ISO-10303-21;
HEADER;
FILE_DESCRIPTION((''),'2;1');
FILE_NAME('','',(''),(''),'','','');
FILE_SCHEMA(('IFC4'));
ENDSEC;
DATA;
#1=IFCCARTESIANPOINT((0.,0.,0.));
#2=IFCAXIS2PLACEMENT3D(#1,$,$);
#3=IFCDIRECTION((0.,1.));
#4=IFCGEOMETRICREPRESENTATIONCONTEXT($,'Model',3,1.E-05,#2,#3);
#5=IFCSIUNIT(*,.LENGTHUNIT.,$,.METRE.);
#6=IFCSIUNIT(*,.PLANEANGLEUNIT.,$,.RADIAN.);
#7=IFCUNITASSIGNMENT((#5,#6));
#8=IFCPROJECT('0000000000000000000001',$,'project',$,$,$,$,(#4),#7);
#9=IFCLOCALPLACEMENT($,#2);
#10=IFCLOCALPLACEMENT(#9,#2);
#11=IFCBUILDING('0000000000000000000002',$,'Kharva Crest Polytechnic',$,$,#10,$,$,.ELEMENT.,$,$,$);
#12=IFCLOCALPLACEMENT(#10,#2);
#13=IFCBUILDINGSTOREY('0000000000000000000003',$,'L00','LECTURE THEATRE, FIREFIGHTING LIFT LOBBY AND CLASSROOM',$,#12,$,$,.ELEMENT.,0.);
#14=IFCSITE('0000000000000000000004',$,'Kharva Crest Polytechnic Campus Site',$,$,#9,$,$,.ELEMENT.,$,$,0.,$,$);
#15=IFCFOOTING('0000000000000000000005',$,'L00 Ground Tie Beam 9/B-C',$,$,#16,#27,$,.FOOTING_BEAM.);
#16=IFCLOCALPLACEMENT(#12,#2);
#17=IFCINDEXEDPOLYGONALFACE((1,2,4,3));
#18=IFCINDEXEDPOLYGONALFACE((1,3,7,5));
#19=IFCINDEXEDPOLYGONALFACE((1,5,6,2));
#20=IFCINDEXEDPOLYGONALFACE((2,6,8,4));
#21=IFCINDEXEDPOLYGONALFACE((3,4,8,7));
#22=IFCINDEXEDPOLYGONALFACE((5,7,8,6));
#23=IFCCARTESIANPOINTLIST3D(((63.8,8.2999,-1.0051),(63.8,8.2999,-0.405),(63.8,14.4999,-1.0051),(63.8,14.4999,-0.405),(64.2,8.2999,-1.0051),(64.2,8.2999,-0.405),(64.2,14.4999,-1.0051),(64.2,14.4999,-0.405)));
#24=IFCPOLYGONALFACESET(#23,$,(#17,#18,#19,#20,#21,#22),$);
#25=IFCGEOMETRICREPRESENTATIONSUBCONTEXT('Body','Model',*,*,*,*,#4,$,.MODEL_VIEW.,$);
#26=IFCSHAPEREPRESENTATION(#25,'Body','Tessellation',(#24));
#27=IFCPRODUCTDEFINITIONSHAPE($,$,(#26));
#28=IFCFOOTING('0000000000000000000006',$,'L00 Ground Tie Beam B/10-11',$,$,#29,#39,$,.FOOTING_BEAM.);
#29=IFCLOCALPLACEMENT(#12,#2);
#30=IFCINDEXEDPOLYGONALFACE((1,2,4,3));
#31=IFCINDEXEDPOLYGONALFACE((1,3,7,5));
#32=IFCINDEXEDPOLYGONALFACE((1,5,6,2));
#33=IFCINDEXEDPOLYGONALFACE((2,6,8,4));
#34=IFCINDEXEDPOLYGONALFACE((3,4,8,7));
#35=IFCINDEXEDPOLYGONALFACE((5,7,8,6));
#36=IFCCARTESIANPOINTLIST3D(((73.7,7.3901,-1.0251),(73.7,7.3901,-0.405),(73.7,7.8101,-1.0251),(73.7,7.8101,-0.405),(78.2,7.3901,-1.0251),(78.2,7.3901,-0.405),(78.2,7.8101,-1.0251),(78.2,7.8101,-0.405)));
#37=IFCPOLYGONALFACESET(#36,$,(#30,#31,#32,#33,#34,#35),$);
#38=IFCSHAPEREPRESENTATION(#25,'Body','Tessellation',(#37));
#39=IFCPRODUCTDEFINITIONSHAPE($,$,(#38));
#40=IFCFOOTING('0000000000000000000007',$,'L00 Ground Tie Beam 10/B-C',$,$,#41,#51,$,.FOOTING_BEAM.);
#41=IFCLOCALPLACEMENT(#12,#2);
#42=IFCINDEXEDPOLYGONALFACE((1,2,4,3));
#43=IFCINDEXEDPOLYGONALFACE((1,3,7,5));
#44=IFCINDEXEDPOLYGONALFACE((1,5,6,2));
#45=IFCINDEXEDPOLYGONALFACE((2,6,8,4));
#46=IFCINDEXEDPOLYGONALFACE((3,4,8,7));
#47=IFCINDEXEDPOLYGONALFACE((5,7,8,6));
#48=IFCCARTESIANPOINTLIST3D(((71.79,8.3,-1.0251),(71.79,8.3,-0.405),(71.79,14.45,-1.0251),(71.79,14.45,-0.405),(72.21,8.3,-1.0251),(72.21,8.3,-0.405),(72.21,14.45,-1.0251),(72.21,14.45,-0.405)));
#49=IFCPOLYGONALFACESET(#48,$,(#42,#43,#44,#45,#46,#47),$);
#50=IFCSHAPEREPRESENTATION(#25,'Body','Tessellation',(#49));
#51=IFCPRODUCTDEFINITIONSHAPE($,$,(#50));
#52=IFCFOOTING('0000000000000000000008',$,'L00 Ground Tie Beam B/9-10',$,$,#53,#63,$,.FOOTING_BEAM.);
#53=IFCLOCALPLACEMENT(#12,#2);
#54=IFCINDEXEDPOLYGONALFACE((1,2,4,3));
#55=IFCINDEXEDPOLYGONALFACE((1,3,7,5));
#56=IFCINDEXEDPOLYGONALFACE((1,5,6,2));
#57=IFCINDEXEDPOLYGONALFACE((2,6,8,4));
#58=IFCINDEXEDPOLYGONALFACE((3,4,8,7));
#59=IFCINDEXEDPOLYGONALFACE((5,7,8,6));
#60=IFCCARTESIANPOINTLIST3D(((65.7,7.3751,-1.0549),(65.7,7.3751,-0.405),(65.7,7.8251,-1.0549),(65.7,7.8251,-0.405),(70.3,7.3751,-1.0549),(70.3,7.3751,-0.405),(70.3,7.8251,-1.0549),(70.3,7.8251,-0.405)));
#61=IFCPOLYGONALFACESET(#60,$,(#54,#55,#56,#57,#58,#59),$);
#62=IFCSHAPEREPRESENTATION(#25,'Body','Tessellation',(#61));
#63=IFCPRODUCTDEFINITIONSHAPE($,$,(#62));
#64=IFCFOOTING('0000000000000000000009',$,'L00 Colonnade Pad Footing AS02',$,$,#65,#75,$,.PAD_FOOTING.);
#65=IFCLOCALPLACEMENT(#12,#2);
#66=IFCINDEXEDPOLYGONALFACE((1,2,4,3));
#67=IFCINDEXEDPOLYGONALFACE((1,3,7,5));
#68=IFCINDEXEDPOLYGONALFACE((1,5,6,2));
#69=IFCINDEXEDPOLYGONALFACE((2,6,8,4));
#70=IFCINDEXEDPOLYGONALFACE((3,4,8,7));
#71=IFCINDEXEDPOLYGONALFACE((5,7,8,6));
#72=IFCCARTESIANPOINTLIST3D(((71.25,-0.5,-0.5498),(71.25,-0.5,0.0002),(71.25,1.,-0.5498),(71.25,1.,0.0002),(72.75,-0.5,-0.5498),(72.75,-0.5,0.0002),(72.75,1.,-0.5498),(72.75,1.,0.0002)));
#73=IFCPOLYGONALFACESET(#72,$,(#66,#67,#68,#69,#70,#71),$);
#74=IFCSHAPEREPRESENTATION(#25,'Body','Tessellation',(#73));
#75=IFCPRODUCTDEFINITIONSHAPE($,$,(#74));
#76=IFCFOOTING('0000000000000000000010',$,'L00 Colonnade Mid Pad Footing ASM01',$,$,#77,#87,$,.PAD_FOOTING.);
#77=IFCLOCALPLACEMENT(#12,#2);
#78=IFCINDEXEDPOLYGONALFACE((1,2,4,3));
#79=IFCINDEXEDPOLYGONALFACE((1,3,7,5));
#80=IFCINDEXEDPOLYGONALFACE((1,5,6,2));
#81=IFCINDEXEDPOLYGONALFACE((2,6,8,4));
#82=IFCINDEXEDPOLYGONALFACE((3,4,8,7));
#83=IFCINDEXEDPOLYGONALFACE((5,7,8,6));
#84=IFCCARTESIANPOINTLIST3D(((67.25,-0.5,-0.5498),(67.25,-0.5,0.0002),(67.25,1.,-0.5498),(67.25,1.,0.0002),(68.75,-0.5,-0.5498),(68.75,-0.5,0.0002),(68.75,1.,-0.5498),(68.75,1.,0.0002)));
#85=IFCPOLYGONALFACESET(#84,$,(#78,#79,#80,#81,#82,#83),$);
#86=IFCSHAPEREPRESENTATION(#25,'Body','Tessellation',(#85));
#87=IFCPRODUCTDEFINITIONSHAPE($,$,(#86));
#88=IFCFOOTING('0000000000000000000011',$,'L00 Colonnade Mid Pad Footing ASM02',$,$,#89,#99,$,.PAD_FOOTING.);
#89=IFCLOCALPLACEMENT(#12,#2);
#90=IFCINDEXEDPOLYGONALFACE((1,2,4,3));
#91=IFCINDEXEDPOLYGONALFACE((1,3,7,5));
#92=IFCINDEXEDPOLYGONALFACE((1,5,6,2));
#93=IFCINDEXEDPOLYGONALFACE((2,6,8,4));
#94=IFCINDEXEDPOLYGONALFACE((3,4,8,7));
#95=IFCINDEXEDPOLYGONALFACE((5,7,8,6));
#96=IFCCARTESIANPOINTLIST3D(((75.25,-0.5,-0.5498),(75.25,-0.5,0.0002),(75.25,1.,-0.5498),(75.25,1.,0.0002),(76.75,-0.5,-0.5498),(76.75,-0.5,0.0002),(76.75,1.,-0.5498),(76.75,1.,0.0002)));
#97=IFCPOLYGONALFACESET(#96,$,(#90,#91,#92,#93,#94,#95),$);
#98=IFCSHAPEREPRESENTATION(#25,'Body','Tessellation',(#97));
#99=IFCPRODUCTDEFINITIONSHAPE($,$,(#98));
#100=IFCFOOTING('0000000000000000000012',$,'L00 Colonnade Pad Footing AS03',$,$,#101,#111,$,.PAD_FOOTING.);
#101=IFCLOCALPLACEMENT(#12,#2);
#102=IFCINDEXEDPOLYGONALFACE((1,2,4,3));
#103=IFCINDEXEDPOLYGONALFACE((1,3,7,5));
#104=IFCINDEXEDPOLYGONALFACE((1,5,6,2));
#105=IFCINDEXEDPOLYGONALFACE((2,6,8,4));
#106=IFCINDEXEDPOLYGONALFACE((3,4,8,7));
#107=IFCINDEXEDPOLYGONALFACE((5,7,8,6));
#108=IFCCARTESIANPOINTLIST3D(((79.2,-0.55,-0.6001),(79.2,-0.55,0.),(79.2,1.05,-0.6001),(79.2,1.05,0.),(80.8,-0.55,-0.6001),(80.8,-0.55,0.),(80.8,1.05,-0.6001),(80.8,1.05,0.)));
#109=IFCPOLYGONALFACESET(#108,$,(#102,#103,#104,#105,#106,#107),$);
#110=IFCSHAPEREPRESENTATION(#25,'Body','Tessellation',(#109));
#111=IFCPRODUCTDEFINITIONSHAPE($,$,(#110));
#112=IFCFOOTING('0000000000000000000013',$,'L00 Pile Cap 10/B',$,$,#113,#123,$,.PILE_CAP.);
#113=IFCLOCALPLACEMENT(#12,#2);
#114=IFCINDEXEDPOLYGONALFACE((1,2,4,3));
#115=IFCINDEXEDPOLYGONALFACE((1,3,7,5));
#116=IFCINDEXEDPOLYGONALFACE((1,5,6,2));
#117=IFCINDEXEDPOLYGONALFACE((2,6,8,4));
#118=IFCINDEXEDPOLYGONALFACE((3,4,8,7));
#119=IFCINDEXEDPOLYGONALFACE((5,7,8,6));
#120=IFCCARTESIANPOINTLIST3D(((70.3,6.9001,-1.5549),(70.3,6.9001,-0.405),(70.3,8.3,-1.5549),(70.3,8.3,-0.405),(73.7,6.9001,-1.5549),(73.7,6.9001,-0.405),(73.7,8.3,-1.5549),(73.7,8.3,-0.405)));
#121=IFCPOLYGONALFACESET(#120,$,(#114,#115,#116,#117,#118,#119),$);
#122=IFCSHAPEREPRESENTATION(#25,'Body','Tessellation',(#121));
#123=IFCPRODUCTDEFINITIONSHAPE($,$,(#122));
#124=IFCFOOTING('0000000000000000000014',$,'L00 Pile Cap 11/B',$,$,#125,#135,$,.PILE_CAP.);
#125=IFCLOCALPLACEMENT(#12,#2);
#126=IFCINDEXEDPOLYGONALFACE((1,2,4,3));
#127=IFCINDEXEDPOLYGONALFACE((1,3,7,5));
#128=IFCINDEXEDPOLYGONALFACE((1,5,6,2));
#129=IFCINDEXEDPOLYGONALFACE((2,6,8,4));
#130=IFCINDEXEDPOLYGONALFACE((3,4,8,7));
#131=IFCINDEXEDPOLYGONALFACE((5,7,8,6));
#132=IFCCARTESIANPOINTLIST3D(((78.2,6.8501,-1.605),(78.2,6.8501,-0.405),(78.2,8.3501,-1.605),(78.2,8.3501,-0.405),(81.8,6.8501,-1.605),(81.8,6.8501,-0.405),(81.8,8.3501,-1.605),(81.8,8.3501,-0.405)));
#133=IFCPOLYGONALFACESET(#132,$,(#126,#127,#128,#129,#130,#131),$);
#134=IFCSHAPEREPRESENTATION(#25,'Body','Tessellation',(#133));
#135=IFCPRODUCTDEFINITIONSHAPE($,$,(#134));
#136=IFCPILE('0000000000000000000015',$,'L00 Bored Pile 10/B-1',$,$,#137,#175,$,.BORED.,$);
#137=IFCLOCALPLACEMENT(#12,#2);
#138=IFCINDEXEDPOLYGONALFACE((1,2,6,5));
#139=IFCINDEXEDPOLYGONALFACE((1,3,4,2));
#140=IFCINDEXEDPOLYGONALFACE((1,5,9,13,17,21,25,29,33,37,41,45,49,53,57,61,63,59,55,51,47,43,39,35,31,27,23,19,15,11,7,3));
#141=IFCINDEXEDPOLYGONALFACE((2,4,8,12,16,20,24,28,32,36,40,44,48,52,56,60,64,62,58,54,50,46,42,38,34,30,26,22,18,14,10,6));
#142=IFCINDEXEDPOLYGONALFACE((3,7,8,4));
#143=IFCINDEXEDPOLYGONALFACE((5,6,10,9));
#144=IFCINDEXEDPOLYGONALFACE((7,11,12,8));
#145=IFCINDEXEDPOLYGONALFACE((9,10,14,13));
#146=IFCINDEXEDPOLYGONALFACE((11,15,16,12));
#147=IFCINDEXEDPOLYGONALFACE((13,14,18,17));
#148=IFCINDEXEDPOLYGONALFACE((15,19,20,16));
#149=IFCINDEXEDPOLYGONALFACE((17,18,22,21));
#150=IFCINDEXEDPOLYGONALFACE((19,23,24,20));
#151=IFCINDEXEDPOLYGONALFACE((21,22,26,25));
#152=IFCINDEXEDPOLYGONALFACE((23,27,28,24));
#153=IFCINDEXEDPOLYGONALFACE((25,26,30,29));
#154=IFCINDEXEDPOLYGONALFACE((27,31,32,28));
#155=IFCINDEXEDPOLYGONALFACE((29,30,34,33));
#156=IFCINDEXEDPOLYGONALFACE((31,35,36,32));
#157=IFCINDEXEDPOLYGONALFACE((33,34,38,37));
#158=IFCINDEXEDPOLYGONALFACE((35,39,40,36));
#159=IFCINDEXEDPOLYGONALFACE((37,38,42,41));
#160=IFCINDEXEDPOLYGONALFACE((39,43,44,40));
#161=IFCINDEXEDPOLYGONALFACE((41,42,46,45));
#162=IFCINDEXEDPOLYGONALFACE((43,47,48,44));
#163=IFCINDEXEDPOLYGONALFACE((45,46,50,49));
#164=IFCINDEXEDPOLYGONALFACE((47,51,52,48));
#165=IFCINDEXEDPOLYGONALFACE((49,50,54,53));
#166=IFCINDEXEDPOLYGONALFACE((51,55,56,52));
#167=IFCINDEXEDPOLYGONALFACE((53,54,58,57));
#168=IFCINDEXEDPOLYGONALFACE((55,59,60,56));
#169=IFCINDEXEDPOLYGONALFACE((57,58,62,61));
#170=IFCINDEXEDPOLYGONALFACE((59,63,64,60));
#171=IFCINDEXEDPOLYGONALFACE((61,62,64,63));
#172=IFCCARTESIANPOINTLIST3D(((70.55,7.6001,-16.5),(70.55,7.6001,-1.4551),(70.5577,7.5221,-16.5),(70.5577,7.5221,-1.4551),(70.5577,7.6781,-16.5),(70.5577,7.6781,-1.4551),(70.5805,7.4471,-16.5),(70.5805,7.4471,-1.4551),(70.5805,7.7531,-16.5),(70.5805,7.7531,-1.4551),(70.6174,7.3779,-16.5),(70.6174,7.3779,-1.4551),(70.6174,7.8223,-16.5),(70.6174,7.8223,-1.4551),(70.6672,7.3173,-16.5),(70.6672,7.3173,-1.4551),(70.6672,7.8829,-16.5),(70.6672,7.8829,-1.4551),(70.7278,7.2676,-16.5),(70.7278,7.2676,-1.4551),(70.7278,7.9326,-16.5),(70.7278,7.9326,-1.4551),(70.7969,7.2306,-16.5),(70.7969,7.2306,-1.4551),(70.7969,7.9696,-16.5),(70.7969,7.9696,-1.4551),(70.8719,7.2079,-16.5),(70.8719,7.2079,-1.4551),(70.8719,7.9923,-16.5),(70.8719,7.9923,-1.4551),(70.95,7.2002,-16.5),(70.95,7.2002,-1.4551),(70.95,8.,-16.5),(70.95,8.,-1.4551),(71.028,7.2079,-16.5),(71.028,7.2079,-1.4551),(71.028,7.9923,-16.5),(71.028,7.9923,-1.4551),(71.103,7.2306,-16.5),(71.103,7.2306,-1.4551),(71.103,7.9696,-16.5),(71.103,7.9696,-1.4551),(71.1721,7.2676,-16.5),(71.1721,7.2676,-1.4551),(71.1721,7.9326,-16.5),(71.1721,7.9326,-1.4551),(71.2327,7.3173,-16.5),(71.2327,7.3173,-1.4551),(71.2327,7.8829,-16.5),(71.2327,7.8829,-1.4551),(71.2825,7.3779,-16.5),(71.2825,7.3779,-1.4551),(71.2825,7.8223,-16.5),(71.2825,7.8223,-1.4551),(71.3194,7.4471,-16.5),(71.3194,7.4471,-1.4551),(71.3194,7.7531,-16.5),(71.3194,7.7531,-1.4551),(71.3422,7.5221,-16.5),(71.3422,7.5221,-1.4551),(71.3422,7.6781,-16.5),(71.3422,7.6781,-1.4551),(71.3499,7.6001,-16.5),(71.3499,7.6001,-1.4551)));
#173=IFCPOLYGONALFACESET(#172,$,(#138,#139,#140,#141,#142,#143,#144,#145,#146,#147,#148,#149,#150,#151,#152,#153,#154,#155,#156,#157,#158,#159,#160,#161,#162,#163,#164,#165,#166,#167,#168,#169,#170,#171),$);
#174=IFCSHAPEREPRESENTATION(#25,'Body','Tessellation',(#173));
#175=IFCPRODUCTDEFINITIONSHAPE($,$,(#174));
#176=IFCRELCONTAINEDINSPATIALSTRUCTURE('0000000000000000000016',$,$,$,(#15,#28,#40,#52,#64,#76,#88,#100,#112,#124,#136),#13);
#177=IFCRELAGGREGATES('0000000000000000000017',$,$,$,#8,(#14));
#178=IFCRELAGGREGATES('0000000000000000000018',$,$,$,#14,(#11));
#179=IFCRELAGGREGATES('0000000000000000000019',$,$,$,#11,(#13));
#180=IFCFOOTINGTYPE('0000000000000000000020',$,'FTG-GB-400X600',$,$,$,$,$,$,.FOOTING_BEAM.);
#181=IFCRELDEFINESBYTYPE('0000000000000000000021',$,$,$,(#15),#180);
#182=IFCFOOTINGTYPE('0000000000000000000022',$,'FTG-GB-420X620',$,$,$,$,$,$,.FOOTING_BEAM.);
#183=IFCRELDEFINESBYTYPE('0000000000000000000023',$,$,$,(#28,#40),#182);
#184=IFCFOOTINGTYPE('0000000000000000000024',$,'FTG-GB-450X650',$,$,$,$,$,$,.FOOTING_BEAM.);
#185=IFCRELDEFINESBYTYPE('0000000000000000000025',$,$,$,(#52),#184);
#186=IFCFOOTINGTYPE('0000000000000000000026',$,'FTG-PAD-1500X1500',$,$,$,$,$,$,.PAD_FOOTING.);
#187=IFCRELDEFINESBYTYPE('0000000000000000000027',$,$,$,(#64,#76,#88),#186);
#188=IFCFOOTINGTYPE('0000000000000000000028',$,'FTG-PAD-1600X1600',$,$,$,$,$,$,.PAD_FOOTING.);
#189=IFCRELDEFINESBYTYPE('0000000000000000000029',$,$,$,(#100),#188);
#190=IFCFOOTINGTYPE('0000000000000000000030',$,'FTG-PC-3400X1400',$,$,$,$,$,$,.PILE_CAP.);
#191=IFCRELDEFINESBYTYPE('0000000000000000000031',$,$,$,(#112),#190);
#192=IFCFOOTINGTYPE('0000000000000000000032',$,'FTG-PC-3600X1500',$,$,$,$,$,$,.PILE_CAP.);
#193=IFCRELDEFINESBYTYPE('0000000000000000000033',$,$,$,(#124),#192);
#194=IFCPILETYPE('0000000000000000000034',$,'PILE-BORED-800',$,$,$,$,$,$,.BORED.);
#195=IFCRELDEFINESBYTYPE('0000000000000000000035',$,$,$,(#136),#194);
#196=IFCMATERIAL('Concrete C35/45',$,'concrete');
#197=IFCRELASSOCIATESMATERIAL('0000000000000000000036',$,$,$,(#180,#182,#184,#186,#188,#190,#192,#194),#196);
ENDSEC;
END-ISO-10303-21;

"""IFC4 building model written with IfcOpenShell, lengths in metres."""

from ifc_helpers import new_model, si_unit, direction, frame, origin, origin_2d, place, context, subcontext, project, spatial, rectangle, circle, extrude, material, material_profile, profile_set, type_object, element, save


model = new_model("IFC4")

# Units and contexts
model_context = context("Model", 3, precision=1e-05, world=origin(), true_north=direction((0.0, 1.0)))
body_context = subcontext(model_context, "Body", "Model", "MODEL_VIEW")
ifc_project = project(units=[si_unit("LENGTHUNIT", "METRE"), si_unit("PLANEANGLEUNIT", "RADIAN")], contexts=[model_context])

# Site, building, storey
site_placement = place(None, origin())
site = spatial("IfcSite", under=ifc_project, at=site_placement, Name="Kharva Crest Polytechnic Campus Site", CompositionType="ELEMENT", RefElevation=0.0)
building_placement = place(site_placement, origin())
building = spatial("IfcBuilding", under=site, at=building_placement, Name="Kharva Crest Polytechnic", CompositionType="ELEMENT")
storey_placement = place(building_placement, origin())
storey = spatial("IfcBuildingStorey", under=building, at=storey_placement, Name="L00", Description="LECTURE THEATRE, FIREFIGHTING LIFT LOBBY AND CLASSROOM", CompositionType="ELEMENT", Elevation=0.0)

# Footings
ifc_material_1 = material(Name="Concrete C35/45", Category="concrete")
footing_type_1 = type_object("IfcFootingType", Name="FTG-GB-400X600", PredefinedType="FOOTING_BEAM", material=ifc_material_1)
footing_1_placement = place(storey_placement, frame((64.0, 11.3999, -1.0051), z_axis=(0.0, 0.0, 1.0), x_axis=(0.0, 1.0, 0.0)))
element("IfcFooting", 1, at=footing_1_placement, inside=storey, type_object=footing_type_1, Name="L00 Ground Tie Beam 9/B-C", PredefinedType="FOOTING_BEAM", context=body_context, shape_type="SweptSolid", body=[
    extrude(rectangle(XDim=6.2, YDim=0.3999, at=origin_2d()), origin(), (0.0, 0.0, 1.0), 0.6001),
])
footing_type_2 = type_object("IfcFootingType", Name="FTG-GB-420X620", PredefinedType="FOOTING_BEAM", material=ifc_material_1)
footing_2_placement = place(storey_placement, frame((75.95, 7.6001, -1.0251), z_axis=(0.0, 0.0, 1.0), x_axis=(1.0, 0.0, 0.0)))
element("IfcFooting", 2, at=footing_2_placement, inside=storey, type_object=footing_type_2, Name="L00 Ground Tie Beam B/10-11", PredefinedType="FOOTING_BEAM", context=body_context, shape_type="SweptSolid", body=[
    extrude(rectangle(XDim=4.5, YDim=0.4199, at=origin_2d()), origin(), (0.0, 0.0, 1.0), 0.6201),
])
footing_3_placement = place(storey_placement, frame((72.0, 11.375, -1.0251), z_axis=(0.0, 0.0, 1.0), x_axis=(0.0, 1.0, 0.0)))
element("IfcFooting", 3, at=footing_3_placement, inside=storey, type_object=footing_type_2, Name="L00 Ground Tie Beam 10/B-C", PredefinedType="FOOTING_BEAM", context=body_context, shape_type="SweptSolid", body=[
    extrude(rectangle(XDim=6.1499, YDim=0.4199, at=origin_2d()), origin(), (0.0, 0.0, 1.0), 0.6201),
])
footing_type_3 = type_object("IfcFootingType", Name="FTG-GB-450X650", PredefinedType="FOOTING_BEAM", material=ifc_material_1)
footing_4_placement = place(storey_placement, frame((68.0, 7.6001, -1.0549), z_axis=(0.0, 0.0, 1.0), x_axis=(1.0, 0.0, 0.0)))
element("IfcFooting", 4, at=footing_4_placement, inside=storey, type_object=footing_type_3, Name="L00 Ground Tie Beam B/9-10", PredefinedType="FOOTING_BEAM", context=body_context, shape_type="SweptSolid", body=[
    extrude(rectangle(XDim=4.6001, YDim=0.45, at=origin_2d()), origin(), (0.0, 0.0, 1.0), 0.6499),
])
footing_type_4 = type_object("IfcFootingType", Name="FTG-PAD-1500X1500", PredefinedType="PAD_FOOTING", material=ifc_material_1)
for number, where, z_axis, x_axis, name in (
    (5, (72.0, 0.25, -0.5498), (0.0, 0.0, 1.0), (1.0, 0.0, 0.0), "L00 Colonnade Pad Footing AS02"),
    (6, (68.0, 0.25, -0.5498), (0.0, 0.0, 1.0), (1.0, 0.0, 0.0), "L00 Colonnade Mid Pad Footing ASM01"),
    (7, (76.0, 0.25, -0.5498), (0.0, 0.0, 1.0), (1.0, 0.0, 0.0), "L00 Colonnade Mid Pad Footing ASM02"),
):
    element("IfcFooting", number, at=place(storey_placement, frame(where, z_axis=z_axis, x_axis=x_axis)), inside=storey, type_object=footing_type_4, Name=name, PredefinedType="PAD_FOOTING", context=body_context, shape_type="SweptSolid", body=[
        extrude(rectangle(XDim=1.5, YDim=1.5, at=origin_2d()), origin(), (0.0, 0.0, 1.0), 0.55),
    ])
footing_type_5 = type_object("IfcFootingType", Name="FTG-PAD-1600X1600", PredefinedType="PAD_FOOTING", material=ifc_material_1)
footing_5_placement = place(storey_placement, frame((80.0, 0.25, -0.6001), z_axis=(0.0, 0.0, 1.0), x_axis=(1.0, 0.0, 0.0)))
element("IfcFooting", 8, at=footing_5_placement, inside=storey, type_object=footing_type_5, Name="L00 Colonnade Pad Footing AS03", PredefinedType="PAD_FOOTING", context=body_context, shape_type="SweptSolid", body=[
    extrude(rectangle(XDim=1.6001, YDim=1.6001, at=origin_2d()), origin(), (0.0, 0.0, 1.0), 0.6001),
])
footing_type_6 = type_object("IfcFootingType", Name="FTG-PC-3400X1400", PredefinedType="PILE_CAP", material=ifc_material_1)
footing_6_placement = place(storey_placement, frame((72.0, 7.6001, -1.5549), z_axis=(0.0, 0.0, 1.0), x_axis=(1.0, 0.0, 0.0)))
element("IfcFooting", 9, at=footing_6_placement, inside=storey, type_object=footing_type_6, Name="L00 Pile Cap 10/B", PredefinedType="PILE_CAP", context=body_context, shape_type="SweptSolid", body=[
    extrude(rectangle(XDim=3.3999, YDim=1.3999, at=origin_2d()), origin(), (0.0, 0.0, 1.0), 1.1499),
])
footing_type_7 = type_object("IfcFootingType", Name="FTG-PC-3600X1500", PredefinedType="PILE_CAP", material=ifc_material_1)
footing_7_placement = place(storey_placement, frame((80.0, 7.6001, -1.605), z_axis=(0.0, 0.0, 1.0), x_axis=(1.0, 0.0, 0.0)))
element("IfcFooting", 10, at=footing_7_placement, inside=storey, type_object=footing_type_7, Name="L00 Pile Cap 11/B", PredefinedType="PILE_CAP", context=body_context, shape_type="SweptSolid", body=[
    extrude(rectangle(XDim=3.6001, YDim=1.5, at=origin_2d()), origin(), (0.0, 0.0, 1.0), 1.2),
])

# Pile
ifc_material_profile_1 = material_profile(ifc_material_1, circle(Radius=0.3999, at=origin_2d()), Name="DIA 800")
ifc_profile_set_1 = profile_set([ifc_material_profile_1], Name="Concrete C35/45")
pile_type_1 = type_object("IfcPileType", Name="PILE-BORED-800", PredefinedType="BORED", material=ifc_profile_set_1)
for number, where, z_axis, x_axis, name in (
    (11, (70.95, 7.6001, -1.4551), (0.0, 0.0, -1.0), (1.0, 0.0, 0.0), "L00 Bored Pile 10/B-1"),
):
    element("IfcPile", number, at=place(storey_placement, frame(where, z_axis=z_axis, x_axis=x_axis)), inside=storey, type_object=pile_type_1, Name=name, PredefinedType="BORED", context=body_context, shape_type="SweptSolid", body=[
        extrude(circle(Radius=0.3999, at=origin_2d()), origin(), (0.0, 0.0, 1.0), 15.0449),
    ])

save(model, "model.ifc")
